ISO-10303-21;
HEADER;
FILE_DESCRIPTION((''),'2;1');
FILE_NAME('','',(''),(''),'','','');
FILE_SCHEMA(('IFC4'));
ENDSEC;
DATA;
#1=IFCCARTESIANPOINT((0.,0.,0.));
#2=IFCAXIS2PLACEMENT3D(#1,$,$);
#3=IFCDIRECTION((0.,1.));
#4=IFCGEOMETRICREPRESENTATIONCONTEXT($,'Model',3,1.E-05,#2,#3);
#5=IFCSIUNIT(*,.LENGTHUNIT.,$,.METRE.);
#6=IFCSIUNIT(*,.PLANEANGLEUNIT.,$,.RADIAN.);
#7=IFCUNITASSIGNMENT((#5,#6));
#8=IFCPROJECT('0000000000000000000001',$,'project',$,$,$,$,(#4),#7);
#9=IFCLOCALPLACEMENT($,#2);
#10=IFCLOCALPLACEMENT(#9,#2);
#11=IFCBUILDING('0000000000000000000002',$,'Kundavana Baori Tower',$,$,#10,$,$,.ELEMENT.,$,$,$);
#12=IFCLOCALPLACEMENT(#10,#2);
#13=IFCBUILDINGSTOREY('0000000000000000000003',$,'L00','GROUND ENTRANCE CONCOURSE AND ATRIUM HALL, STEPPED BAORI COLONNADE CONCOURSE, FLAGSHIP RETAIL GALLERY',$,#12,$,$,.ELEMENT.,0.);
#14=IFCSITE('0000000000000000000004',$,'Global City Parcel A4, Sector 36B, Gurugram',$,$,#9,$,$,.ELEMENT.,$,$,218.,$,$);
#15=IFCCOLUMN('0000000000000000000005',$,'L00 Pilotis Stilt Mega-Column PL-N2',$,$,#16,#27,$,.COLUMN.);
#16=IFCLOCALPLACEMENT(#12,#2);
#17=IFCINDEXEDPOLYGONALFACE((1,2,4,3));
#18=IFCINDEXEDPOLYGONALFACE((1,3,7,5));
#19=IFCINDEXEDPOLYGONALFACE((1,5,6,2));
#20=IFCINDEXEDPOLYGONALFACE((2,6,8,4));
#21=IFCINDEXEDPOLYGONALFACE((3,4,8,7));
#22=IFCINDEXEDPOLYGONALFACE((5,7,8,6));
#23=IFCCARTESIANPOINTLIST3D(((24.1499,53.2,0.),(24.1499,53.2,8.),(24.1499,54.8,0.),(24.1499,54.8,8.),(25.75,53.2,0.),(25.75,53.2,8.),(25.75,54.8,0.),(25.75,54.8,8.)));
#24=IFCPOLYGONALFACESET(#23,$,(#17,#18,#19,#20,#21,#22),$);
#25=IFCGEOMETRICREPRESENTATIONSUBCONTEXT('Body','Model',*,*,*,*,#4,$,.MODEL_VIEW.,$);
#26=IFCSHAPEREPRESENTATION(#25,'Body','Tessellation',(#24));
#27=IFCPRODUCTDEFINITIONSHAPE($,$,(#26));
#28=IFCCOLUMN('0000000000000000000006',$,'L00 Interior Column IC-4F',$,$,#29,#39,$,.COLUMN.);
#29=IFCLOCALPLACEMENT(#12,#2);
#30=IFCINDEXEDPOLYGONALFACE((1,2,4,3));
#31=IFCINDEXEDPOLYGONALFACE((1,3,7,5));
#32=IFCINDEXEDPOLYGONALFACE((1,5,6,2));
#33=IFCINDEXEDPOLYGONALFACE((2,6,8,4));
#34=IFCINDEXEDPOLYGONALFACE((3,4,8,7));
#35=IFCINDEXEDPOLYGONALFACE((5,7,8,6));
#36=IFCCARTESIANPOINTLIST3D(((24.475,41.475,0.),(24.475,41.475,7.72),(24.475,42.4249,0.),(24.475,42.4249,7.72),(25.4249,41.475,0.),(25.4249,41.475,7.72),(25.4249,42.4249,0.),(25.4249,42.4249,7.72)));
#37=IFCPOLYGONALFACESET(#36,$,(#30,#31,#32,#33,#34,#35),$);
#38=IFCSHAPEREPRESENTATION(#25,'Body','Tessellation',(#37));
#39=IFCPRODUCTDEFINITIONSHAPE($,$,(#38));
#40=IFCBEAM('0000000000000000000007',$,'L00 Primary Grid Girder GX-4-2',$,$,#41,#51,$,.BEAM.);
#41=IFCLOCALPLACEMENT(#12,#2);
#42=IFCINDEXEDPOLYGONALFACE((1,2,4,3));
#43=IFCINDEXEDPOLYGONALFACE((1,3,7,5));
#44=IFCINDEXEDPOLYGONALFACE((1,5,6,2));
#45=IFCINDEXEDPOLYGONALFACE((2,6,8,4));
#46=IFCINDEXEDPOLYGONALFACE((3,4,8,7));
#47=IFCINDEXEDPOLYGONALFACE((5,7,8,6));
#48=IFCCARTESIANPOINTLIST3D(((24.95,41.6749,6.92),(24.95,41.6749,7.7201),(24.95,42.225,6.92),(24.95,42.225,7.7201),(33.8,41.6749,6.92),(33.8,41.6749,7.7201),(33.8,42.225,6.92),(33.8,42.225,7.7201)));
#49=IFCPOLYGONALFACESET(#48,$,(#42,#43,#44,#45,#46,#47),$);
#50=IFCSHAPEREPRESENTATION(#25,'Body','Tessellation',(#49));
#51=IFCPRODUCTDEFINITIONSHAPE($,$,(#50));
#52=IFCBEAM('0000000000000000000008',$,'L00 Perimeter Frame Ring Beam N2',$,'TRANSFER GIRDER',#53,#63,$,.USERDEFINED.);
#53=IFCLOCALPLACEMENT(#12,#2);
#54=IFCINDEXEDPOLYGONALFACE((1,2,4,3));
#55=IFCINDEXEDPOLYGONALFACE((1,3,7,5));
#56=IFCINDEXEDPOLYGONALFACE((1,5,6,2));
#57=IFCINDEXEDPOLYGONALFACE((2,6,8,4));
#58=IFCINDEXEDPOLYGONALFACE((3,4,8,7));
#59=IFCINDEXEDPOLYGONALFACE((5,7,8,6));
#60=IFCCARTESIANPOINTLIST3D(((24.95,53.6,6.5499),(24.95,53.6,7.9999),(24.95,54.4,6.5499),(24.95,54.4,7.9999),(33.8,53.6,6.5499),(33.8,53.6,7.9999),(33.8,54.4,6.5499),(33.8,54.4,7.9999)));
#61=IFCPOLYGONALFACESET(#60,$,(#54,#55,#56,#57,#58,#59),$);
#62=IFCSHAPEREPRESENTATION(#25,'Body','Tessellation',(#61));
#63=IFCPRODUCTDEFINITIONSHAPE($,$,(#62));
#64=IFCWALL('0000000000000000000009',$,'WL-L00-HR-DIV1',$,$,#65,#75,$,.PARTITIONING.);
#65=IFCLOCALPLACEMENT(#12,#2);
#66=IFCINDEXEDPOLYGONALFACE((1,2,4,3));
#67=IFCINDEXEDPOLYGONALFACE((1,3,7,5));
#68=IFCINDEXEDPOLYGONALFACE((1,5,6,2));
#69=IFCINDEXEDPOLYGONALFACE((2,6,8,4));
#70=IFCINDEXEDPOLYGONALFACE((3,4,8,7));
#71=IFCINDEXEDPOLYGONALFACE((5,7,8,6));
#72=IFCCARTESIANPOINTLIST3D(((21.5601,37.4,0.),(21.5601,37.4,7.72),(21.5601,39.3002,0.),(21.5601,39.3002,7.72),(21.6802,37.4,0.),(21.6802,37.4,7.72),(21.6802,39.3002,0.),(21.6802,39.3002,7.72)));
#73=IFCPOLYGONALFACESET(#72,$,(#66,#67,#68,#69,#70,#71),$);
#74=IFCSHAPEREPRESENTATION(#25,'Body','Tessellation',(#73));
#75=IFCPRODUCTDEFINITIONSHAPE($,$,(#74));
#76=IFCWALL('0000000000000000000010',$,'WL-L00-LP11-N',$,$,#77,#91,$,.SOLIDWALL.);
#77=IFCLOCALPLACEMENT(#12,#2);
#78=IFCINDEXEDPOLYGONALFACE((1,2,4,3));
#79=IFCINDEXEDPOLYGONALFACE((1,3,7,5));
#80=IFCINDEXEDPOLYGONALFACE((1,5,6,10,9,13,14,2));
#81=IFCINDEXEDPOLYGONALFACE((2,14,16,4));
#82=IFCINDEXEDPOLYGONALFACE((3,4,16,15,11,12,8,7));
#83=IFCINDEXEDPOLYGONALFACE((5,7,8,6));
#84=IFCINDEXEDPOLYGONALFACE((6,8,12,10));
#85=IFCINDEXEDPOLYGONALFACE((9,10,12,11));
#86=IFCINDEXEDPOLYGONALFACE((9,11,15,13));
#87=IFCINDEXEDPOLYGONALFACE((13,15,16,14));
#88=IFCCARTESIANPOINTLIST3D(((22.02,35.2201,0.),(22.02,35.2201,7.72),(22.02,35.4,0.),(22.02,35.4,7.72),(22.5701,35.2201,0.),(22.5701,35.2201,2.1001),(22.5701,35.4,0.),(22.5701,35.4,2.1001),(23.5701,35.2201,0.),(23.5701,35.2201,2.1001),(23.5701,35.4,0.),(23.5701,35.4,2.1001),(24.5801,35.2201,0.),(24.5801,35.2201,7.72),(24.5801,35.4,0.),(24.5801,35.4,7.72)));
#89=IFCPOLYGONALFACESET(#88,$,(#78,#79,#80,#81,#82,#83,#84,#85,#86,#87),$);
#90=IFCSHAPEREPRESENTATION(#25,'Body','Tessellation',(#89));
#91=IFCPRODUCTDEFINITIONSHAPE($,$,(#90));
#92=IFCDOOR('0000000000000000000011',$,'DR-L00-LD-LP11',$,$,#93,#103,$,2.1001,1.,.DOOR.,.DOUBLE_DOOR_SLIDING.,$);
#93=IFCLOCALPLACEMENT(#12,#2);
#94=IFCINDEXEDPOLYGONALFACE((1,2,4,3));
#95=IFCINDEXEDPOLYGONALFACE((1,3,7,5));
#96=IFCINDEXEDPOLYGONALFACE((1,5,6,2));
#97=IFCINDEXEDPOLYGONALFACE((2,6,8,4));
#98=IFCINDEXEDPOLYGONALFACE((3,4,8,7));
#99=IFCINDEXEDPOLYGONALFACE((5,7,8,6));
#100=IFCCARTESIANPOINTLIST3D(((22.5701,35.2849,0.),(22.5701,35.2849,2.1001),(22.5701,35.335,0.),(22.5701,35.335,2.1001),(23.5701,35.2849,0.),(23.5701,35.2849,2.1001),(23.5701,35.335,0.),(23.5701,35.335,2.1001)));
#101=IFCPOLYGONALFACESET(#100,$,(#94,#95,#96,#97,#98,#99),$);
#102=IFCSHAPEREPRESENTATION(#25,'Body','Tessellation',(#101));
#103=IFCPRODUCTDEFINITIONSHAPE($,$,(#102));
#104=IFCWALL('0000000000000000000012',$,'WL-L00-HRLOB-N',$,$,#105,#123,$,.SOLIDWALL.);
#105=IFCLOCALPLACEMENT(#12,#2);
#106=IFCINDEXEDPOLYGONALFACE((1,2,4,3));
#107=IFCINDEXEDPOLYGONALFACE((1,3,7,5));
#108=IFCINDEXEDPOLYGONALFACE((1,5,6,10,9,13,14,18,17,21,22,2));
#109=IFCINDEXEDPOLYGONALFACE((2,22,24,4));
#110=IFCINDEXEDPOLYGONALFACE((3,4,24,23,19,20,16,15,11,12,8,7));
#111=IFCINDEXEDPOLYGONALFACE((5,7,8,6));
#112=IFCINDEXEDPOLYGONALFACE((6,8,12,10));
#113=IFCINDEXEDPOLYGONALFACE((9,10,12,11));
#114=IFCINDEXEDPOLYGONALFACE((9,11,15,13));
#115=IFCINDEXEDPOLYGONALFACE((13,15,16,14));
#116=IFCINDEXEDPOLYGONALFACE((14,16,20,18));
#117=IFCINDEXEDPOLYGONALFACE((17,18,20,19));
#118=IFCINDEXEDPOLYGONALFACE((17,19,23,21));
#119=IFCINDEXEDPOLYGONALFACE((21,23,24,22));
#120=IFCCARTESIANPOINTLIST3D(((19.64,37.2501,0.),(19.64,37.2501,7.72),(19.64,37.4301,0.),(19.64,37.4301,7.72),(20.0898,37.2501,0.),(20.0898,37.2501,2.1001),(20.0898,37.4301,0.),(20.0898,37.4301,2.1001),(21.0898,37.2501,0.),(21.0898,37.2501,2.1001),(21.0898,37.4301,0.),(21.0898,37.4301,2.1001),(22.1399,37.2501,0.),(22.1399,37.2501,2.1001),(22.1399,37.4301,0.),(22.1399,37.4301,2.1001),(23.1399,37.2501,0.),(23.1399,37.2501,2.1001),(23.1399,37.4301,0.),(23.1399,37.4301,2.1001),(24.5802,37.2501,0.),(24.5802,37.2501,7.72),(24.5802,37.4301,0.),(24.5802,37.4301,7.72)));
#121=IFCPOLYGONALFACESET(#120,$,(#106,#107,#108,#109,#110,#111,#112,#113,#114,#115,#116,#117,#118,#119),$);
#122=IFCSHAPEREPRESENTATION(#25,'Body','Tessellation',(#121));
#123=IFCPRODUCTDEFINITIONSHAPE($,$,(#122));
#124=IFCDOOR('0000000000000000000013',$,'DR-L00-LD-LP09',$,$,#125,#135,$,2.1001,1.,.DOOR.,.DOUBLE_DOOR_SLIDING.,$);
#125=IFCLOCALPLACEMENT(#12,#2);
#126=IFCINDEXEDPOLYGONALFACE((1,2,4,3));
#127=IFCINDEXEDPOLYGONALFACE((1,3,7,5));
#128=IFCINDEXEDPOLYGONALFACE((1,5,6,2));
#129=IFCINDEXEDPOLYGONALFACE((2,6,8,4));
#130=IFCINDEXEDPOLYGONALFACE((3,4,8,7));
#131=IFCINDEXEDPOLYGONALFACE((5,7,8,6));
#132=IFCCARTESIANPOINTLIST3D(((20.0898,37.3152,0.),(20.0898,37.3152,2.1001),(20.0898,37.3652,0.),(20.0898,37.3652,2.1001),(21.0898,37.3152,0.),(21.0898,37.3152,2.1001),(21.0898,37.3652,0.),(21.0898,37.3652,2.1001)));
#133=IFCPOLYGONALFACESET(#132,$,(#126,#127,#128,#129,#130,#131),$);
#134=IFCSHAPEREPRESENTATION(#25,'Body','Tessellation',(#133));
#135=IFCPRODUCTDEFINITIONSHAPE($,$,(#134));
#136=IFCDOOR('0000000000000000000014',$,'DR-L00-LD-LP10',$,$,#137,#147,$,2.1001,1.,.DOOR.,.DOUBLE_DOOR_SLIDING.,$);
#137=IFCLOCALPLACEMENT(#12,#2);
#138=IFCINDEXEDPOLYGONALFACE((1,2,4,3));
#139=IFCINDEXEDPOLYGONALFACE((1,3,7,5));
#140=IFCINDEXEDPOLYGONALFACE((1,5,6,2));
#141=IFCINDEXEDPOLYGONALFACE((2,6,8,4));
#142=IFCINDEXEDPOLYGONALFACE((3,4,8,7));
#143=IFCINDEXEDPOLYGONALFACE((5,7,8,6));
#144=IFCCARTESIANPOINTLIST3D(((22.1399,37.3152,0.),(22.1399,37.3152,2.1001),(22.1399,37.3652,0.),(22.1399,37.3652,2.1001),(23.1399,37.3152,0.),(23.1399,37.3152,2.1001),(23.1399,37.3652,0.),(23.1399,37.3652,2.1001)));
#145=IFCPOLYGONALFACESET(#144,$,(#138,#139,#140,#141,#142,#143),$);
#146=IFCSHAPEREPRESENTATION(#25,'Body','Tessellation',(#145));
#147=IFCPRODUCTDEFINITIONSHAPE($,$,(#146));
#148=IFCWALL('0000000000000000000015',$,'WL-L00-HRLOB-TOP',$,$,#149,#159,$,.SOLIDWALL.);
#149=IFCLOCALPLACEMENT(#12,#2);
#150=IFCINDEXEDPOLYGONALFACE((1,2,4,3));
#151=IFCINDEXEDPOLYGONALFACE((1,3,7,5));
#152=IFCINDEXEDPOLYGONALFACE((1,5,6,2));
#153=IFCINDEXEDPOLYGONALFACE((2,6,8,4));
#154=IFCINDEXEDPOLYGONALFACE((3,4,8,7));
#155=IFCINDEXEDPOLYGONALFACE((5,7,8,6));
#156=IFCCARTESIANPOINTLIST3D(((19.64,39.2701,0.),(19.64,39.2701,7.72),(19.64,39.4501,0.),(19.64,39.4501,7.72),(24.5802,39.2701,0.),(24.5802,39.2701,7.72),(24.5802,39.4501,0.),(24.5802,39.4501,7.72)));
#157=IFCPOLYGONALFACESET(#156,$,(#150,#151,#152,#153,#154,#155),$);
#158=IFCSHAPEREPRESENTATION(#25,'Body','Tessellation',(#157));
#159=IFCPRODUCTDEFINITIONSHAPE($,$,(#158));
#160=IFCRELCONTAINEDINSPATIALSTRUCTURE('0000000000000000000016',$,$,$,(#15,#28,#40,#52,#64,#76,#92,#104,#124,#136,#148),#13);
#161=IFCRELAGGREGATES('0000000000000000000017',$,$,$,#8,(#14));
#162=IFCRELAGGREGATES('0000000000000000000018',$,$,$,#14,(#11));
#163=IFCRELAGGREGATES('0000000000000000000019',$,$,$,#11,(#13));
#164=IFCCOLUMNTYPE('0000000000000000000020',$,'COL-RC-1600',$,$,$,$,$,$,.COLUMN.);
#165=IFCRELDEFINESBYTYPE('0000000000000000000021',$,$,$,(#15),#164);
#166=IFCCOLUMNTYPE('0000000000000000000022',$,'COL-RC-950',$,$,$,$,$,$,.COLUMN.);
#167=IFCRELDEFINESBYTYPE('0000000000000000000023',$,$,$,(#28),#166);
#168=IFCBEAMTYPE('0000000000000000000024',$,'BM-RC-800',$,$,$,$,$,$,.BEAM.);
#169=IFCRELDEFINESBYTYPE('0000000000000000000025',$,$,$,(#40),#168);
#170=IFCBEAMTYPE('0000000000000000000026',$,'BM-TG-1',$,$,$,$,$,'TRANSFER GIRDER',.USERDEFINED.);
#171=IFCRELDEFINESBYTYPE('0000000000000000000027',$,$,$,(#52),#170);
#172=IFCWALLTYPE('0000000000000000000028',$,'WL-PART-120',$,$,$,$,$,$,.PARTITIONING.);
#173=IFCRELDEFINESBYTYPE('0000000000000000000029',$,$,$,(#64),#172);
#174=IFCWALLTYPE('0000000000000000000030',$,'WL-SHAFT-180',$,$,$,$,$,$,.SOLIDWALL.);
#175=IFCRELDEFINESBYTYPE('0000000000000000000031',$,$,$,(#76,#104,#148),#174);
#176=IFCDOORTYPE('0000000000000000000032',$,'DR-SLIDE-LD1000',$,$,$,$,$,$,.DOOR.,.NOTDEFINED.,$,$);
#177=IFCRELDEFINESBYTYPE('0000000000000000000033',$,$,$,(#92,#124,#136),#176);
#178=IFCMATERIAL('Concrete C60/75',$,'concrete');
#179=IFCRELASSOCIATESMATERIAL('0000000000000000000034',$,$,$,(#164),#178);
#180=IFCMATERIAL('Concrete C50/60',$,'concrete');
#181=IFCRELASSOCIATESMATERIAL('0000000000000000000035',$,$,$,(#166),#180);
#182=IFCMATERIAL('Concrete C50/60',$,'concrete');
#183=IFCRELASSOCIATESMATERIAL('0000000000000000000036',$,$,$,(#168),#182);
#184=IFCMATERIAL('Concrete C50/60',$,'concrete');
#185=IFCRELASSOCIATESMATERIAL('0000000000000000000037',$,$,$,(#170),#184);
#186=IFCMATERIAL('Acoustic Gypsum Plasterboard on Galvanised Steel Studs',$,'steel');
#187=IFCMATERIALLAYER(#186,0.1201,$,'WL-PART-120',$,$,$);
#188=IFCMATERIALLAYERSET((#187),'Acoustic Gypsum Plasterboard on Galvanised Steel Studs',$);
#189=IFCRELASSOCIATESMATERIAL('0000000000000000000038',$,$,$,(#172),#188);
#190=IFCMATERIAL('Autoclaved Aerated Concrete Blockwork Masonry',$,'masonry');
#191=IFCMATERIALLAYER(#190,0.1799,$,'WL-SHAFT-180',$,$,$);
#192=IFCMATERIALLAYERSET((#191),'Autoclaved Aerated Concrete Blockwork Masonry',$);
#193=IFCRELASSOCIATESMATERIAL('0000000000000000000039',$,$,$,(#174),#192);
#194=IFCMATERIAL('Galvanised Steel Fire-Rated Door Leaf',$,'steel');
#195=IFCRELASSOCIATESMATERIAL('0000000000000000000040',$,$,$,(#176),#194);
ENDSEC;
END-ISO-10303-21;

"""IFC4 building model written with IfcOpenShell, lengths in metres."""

from ifc_helpers import new_model, si_unit, direction, frame, frame_2d, origin, origin_2d, place, context, subcontext, project, spatial, rectangle, extrude, material, layer, layer_set, material_profile, profile_set, type_object, element, fill, save


model = new_model("IFC4")

# Units and contexts
model_context = context("Model", 3, precision=1e-05, world=origin(), true_north=direction((0.0, 1.0)))
body_context = subcontext(model_context, "Body", "Model", "MODEL_VIEW")
ifc_project = project(units=[si_unit("LENGTHUNIT", "METRE"), si_unit("PLANEANGLEUNIT", "RADIAN")], contexts=[model_context])

# Site, building, storey
site_placement = place(None, origin())
site = spatial("IfcSite", under=ifc_project, at=site_placement, Name="Global City Parcel A4, Sector 36B, Gurugram", CompositionType="ELEMENT", RefElevation=218.0)
building_placement = place(site_placement, origin())
building = spatial("IfcBuilding", under=site, at=building_placement, Name="Kundavana Baori Tower", CompositionType="ELEMENT")
storey_placement = place(building_placement, origin())
storey = spatial("IfcBuildingStorey", under=building, at=storey_placement, Name="L00", Description="GROUND ENTRANCE CONCOURSE AND ATRIUM HALL, STEPPED BAORI COLONNADE CONCOURSE, FLAGSHIP RETAIL GALLERY", CompositionType="ELEMENT", Elevation=0.0)

# Columns
ifc_material_1 = material(Name="Concrete C60/75", Category="concrete")
ifc_material_profile_1 = material_profile(ifc_material_1, rectangle(XDim=1.6001, YDim=1.6001, at=origin_2d()), Name="RC 1600x1600")
ifc_profile_set_1 = profile_set([ifc_material_profile_1], Name="Concrete C60/75")
column_type_1 = type_object("IfcColumnType", Name="COL-RC-1600", PredefinedType="COLUMN", material=ifc_profile_set_1)
column_1_placement = place(storey_placement, frame((24.95, 54.0, 0.0), z_axis=(0.0, 0.0, 1.0), x_axis=(1.0, 0.0, 0.0)))
element("IfcColumn", 1, at=column_1_placement, inside=storey, type_object=column_type_1, Name="L00 Pilotis Stilt Mega-Column PL-N2", PredefinedType="COLUMN", context=body_context, shape_type="SweptSolid", body=[
    extrude(rectangle(XDim=1.6001, YDim=1.6001, at=origin_2d()), origin(), (0.0, 0.0, 1.0), 8.0),
])
ifc_material_2 = material(Name="Concrete C50/60", Category="concrete")
ifc_material_profile_2 = material_profile(ifc_material_2, rectangle(XDim=0.95, YDim=0.95, at=origin_2d()), Name="RC 950x950")
ifc_profile_set_2 = profile_set([ifc_material_profile_2], Name="Concrete C50/60")
column_type_2 = type_object("IfcColumnType", Name="COL-RC-950", PredefinedType="COLUMN", material=ifc_profile_set_2)
column_2_placement = place(storey_placement, frame((24.95, 41.95, 0.0), z_axis=(0.0, 0.0, 1.0), x_axis=(1.0, 0.0, 0.0)))
element("IfcColumn", 2, at=column_2_placement, inside=storey, type_object=column_type_2, Name="L00 Interior Column IC-4F", PredefinedType="COLUMN", context=body_context, shape_type="SweptSolid", body=[
    extrude(rectangle(XDim=0.95, YDim=0.95, at=origin_2d()), origin(), (0.0, 0.0, 1.0), 7.72),
])

# Beams
ifc_material_3 = material(Name="Concrete C50/60", Category="concrete")
ifc_material_profile_3 = material_profile(ifc_material_3, rectangle(XDim=0.55, YDim=0.8, at=origin_2d()), Name="RC BM 550x800")
ifc_profile_set_3 = profile_set([ifc_material_profile_3], Name="Concrete C50/60")
beam_type_1 = type_object("IfcBeamType", Name="BM-RC-800", PredefinedType="BEAM", material=ifc_profile_set_3)
beam_1_placement = place(storey_placement, frame((24.95, 41.95, 7.3201), z_axis=(1.0, 0.0, 0.0), x_axis=(0.0, 1.0, 0.0)))
element("IfcBeam", 3, at=beam_1_placement, inside=storey, type_object=beam_type_1, Name="L00 Primary Grid Girder GX-4-2", PredefinedType="BEAM", context=body_context, shape_type="SweptSolid", body=[
    extrude(rectangle(XDim=0.55, YDim=0.8, at=origin_2d()), origin(), (0.0, 0.0, 1.0), 8.8501),
])
ifc_material_4 = material(Name="Concrete C50/60", Category="concrete")
ifc_material_profile_4 = material_profile(ifc_material_4, rectangle(XDim=0.8, YDim=1.45, at=origin_2d()), Name="BM-TG-1")
ifc_profile_set_4 = profile_set([ifc_material_profile_4], Name="Concrete C50/60")
beam_type_2 = type_object("IfcBeamType", Name="BM-TG-1", ElementType="TRANSFER GIRDER", PredefinedType="USERDEFINED", material=ifc_profile_set_4)
beam_2_placement = place(storey_placement, frame((24.95, 54.0, 7.2749), z_axis=(1.0, 0.0, 0.0), x_axis=(0.0, 1.0, 0.0)))
element("IfcBeam", 4, at=beam_2_placement, inside=storey, type_object=beam_type_2, Name="L00 Perimeter Frame Ring Beam N2", ObjectType="TRANSFER GIRDER", PredefinedType="USERDEFINED", context=body_context, shape_type="SweptSolid", body=[
    extrude(rectangle(XDim=0.8, YDim=1.45, at=origin_2d()), origin(), (0.0, 0.0, 1.0), 8.8501),
])

# Wall
ifc_material_5 = material(Name="Acoustic Gypsum Plasterboard on Galvanised Steel Studs", Category="steel")
ifc_layer_1 = layer(ifc_material_5, 0.1201, Name="WL-PART-120")
ifc_layer_set_1 = layer_set([ifc_layer_1], Name="Acoustic Gypsum Plasterboard on Galvanised Steel Studs")
wall_type_1 = type_object("IfcWallType", Name="WL-PART-120", PredefinedType="PARTITIONING", material=ifc_layer_set_1)
wall_1_placement = place(storey_placement, frame((21.6201, 37.3999, 0.0), z_axis=(0.0, 0.0, 1.0), x_axis=(0.0, 1.0, 0.0)))
element("IfcWall", 5, at=wall_1_placement, inside=storey, type_object=wall_type_1, Name="WL-L00-HR-DIV1", PredefinedType="PARTITIONING", context=body_context, shape_type="SweptSolid", body=[
    extrude(rectangle(XDim=1.9001, YDim=0.1201, at=frame_2d((0.9502, 0.0))), origin(), (0.0, 0.0, 1.0), 7.72),
])

# Wall, opening, door
ifc_material_6 = material(Name="Autoclaved Aerated Concrete Blockwork Masonry", Category="masonry")
ifc_layer_2 = layer(ifc_material_6, 0.1799, Name="WL-SHAFT-180")
ifc_layer_set_2 = layer_set([ifc_layer_2], Name="Autoclaved Aerated Concrete Blockwork Masonry")
wall_type_2 = type_object("IfcWallType", Name="WL-SHAFT-180", PredefinedType="SOLIDWALL", material=ifc_layer_set_2)
wall_2_placement = place(storey_placement, frame((22.02, 35.3101, 0.0), z_axis=(0.0, 0.0, 1.0), x_axis=(1.0, 0.0, 0.0)))
wall_2 = element("IfcWall", 6, at=wall_2_placement, inside=storey, type_object=wall_type_2, Name="WL-L00-LP11-N", PredefinedType="SOLIDWALL", context=body_context, shape_type="SweptSolid", body=[
    extrude(rectangle(XDim=2.5601, YDim=0.1799, at=frame_2d((1.28, 0.0))), origin(), (0.0, 0.0, 1.0), 7.72),
])
opening_1_placement = place(wall_2_placement, frame((0.55, 0.0, 0.0)))
opening_1 = element("IfcOpeningElement", 7, at=opening_1_placement, cuts=wall_2, PredefinedType="OPENING", context=body_context, shape_type="SweptSolid", body=[
    extrude(rectangle(XDim=1.0, YDim=2.1001, at=frame_2d((0.5, 1.05))), frame((0.0, 0.1001, 0.0), z_axis=(0.0, -1.0, 0.0), x_axis=(1.0, 0.0, 0.0)), (0.0, 0.0, 1.0), 0.2),
])
ifc_material_7 = material(Name="Galvanised Steel Fire-Rated Door Leaf", Category="steel")
door_type = type_object("IfcDoorType", Name="DR-SLIDE-LD1000", OperationType="NOTDEFINED", PredefinedType="DOOR", material=ifc_material_7)
door_1_placement = place(opening_1_placement, origin())
door_1 = element("IfcDoor", 8, at=door_1_placement, inside=storey, type_object=door_type, Name="DR-L00-LD-LP11", OperationType="DOUBLE_DOOR_SLIDING", OverallHeight=2.1001, OverallWidth=1.0, PredefinedType="DOOR", context=body_context, shape_type="SweptSolid", body=[
    extrude(rectangle(XDim=1.0, YDim=2.1001, at=frame_2d((0.5, 1.05))), frame((0.0, 0.0249, 0.0), z_axis=(0.0, -1.0, 0.0), x_axis=(1.0, 0.0, 0.0)), (0.0, 0.0, 1.0), 0.05),
])
fill(opening_1, door_1)

# Wall, openings, doors
wall_3_placement = place(storey_placement, frame((19.6399, 37.3401, 0.0), z_axis=(0.0, 0.0, 1.0), x_axis=(1.0, 0.0, 0.0)))
wall_3 = element("IfcWall", 9, at=wall_3_placement, inside=storey, type_object=wall_type_2, Name="WL-L00-HRLOB-N", PredefinedType="SOLIDWALL", context=body_context, shape_type="SweptSolid", body=[
    extrude(rectangle(XDim=4.9402, YDim=0.1799, at=frame_2d((2.4702, 0.0))), origin(), (0.0, 0.0, 1.0), 7.72),
])
opening_2_placement = place(wall_3_placement, frame((0.45, 0.0, 0.0)))
opening_2 = element("IfcOpeningElement", 10, at=opening_2_placement, cuts=wall_3, PredefinedType="OPENING", context=body_context, shape_type="SweptSolid", body=[
    extrude(rectangle(XDim=1.0, YDim=2.1001, at=frame_2d((0.5, 1.05))), frame((0.0, 0.1001, 0.0), z_axis=(0.0, -1.0, 0.0), x_axis=(1.0, 0.0, 0.0)), (0.0, 0.0, 1.0), 0.2),
])
opening_3_placement = place(wall_3_placement, frame((2.5, 0.0, 0.0)))
opening_3 = element("IfcOpeningElement", 11, at=opening_3_placement, cuts=wall_3, PredefinedType="OPENING", context=body_context, shape_type="SweptSolid", body=[
    extrude(rectangle(XDim=1.0, YDim=2.1001, at=frame_2d((0.5, 1.05))), frame((0.0, 0.1001, 0.0), z_axis=(0.0, -1.0, 0.0), x_axis=(1.0, 0.0, 0.0)), (0.0, 0.0, 1.0), 0.2),
])
door_2_placement = place(opening_2_placement, frame((1.0, 0.0, 0.0), z_axis=(0.0, 0.0, 1.0), x_axis=(-1.0, 0.0, 0.0)))
door_2 = element("IfcDoor", 12, at=door_2_placement, inside=storey, type_object=door_type, Name="DR-L00-LD-LP09", OperationType="DOUBLE_DOOR_SLIDING", OverallHeight=2.1001, OverallWidth=1.0, PredefinedType="DOOR", context=body_context, shape_type="SweptSolid", body=[
    extrude(rectangle(XDim=1.0, YDim=2.1001, at=frame_2d((0.5, 1.05))), frame((0.0, 0.0249, 0.0), z_axis=(0.0, -1.0, 0.0), x_axis=(1.0, 0.0, 0.0)), (0.0, 0.0, 1.0), 0.05),
])
fill(opening_2, door_2)
door_3_placement = place(opening_3_placement, frame((1.0, 0.0, 0.0), z_axis=(0.0, 0.0, 1.0), x_axis=(-1.0, 0.0, 0.0)))
door_3 = element("IfcDoor", 13, at=door_3_placement, inside=storey, type_object=door_type, Name="DR-L00-LD-LP10", OperationType="DOUBLE_DOOR_SLIDING", OverallHeight=2.1001, OverallWidth=1.0, PredefinedType="DOOR", context=body_context, shape_type="SweptSolid", body=[
    extrude(rectangle(XDim=1.0, YDim=2.1001, at=frame_2d((0.5, 1.05))), frame((0.0, 0.0249, 0.0), z_axis=(0.0, -1.0, 0.0), x_axis=(1.0, 0.0, 0.0)), (0.0, 0.0, 1.0), 0.05),
])
fill(opening_3, door_3)

# Wall
wall_4_placement = place(storey_placement, frame((19.6399, 39.3601, 0.0), z_axis=(0.0, 0.0, 1.0), x_axis=(1.0, 0.0, 0.0)))
element("IfcWall", 14, at=wall_4_placement, inside=storey, type_object=wall_type_2, Name="WL-L00-HRLOB-TOP", PredefinedType="SOLIDWALL", context=body_context, shape_type="SweptSolid", body=[
    extrude(rectangle(XDim=4.9402, YDim=0.1799, at=frame_2d((2.4702, 0.0))), origin(), (0.0, 0.0, 1.0), 7.72),
])

save(model, "model.ifc")
